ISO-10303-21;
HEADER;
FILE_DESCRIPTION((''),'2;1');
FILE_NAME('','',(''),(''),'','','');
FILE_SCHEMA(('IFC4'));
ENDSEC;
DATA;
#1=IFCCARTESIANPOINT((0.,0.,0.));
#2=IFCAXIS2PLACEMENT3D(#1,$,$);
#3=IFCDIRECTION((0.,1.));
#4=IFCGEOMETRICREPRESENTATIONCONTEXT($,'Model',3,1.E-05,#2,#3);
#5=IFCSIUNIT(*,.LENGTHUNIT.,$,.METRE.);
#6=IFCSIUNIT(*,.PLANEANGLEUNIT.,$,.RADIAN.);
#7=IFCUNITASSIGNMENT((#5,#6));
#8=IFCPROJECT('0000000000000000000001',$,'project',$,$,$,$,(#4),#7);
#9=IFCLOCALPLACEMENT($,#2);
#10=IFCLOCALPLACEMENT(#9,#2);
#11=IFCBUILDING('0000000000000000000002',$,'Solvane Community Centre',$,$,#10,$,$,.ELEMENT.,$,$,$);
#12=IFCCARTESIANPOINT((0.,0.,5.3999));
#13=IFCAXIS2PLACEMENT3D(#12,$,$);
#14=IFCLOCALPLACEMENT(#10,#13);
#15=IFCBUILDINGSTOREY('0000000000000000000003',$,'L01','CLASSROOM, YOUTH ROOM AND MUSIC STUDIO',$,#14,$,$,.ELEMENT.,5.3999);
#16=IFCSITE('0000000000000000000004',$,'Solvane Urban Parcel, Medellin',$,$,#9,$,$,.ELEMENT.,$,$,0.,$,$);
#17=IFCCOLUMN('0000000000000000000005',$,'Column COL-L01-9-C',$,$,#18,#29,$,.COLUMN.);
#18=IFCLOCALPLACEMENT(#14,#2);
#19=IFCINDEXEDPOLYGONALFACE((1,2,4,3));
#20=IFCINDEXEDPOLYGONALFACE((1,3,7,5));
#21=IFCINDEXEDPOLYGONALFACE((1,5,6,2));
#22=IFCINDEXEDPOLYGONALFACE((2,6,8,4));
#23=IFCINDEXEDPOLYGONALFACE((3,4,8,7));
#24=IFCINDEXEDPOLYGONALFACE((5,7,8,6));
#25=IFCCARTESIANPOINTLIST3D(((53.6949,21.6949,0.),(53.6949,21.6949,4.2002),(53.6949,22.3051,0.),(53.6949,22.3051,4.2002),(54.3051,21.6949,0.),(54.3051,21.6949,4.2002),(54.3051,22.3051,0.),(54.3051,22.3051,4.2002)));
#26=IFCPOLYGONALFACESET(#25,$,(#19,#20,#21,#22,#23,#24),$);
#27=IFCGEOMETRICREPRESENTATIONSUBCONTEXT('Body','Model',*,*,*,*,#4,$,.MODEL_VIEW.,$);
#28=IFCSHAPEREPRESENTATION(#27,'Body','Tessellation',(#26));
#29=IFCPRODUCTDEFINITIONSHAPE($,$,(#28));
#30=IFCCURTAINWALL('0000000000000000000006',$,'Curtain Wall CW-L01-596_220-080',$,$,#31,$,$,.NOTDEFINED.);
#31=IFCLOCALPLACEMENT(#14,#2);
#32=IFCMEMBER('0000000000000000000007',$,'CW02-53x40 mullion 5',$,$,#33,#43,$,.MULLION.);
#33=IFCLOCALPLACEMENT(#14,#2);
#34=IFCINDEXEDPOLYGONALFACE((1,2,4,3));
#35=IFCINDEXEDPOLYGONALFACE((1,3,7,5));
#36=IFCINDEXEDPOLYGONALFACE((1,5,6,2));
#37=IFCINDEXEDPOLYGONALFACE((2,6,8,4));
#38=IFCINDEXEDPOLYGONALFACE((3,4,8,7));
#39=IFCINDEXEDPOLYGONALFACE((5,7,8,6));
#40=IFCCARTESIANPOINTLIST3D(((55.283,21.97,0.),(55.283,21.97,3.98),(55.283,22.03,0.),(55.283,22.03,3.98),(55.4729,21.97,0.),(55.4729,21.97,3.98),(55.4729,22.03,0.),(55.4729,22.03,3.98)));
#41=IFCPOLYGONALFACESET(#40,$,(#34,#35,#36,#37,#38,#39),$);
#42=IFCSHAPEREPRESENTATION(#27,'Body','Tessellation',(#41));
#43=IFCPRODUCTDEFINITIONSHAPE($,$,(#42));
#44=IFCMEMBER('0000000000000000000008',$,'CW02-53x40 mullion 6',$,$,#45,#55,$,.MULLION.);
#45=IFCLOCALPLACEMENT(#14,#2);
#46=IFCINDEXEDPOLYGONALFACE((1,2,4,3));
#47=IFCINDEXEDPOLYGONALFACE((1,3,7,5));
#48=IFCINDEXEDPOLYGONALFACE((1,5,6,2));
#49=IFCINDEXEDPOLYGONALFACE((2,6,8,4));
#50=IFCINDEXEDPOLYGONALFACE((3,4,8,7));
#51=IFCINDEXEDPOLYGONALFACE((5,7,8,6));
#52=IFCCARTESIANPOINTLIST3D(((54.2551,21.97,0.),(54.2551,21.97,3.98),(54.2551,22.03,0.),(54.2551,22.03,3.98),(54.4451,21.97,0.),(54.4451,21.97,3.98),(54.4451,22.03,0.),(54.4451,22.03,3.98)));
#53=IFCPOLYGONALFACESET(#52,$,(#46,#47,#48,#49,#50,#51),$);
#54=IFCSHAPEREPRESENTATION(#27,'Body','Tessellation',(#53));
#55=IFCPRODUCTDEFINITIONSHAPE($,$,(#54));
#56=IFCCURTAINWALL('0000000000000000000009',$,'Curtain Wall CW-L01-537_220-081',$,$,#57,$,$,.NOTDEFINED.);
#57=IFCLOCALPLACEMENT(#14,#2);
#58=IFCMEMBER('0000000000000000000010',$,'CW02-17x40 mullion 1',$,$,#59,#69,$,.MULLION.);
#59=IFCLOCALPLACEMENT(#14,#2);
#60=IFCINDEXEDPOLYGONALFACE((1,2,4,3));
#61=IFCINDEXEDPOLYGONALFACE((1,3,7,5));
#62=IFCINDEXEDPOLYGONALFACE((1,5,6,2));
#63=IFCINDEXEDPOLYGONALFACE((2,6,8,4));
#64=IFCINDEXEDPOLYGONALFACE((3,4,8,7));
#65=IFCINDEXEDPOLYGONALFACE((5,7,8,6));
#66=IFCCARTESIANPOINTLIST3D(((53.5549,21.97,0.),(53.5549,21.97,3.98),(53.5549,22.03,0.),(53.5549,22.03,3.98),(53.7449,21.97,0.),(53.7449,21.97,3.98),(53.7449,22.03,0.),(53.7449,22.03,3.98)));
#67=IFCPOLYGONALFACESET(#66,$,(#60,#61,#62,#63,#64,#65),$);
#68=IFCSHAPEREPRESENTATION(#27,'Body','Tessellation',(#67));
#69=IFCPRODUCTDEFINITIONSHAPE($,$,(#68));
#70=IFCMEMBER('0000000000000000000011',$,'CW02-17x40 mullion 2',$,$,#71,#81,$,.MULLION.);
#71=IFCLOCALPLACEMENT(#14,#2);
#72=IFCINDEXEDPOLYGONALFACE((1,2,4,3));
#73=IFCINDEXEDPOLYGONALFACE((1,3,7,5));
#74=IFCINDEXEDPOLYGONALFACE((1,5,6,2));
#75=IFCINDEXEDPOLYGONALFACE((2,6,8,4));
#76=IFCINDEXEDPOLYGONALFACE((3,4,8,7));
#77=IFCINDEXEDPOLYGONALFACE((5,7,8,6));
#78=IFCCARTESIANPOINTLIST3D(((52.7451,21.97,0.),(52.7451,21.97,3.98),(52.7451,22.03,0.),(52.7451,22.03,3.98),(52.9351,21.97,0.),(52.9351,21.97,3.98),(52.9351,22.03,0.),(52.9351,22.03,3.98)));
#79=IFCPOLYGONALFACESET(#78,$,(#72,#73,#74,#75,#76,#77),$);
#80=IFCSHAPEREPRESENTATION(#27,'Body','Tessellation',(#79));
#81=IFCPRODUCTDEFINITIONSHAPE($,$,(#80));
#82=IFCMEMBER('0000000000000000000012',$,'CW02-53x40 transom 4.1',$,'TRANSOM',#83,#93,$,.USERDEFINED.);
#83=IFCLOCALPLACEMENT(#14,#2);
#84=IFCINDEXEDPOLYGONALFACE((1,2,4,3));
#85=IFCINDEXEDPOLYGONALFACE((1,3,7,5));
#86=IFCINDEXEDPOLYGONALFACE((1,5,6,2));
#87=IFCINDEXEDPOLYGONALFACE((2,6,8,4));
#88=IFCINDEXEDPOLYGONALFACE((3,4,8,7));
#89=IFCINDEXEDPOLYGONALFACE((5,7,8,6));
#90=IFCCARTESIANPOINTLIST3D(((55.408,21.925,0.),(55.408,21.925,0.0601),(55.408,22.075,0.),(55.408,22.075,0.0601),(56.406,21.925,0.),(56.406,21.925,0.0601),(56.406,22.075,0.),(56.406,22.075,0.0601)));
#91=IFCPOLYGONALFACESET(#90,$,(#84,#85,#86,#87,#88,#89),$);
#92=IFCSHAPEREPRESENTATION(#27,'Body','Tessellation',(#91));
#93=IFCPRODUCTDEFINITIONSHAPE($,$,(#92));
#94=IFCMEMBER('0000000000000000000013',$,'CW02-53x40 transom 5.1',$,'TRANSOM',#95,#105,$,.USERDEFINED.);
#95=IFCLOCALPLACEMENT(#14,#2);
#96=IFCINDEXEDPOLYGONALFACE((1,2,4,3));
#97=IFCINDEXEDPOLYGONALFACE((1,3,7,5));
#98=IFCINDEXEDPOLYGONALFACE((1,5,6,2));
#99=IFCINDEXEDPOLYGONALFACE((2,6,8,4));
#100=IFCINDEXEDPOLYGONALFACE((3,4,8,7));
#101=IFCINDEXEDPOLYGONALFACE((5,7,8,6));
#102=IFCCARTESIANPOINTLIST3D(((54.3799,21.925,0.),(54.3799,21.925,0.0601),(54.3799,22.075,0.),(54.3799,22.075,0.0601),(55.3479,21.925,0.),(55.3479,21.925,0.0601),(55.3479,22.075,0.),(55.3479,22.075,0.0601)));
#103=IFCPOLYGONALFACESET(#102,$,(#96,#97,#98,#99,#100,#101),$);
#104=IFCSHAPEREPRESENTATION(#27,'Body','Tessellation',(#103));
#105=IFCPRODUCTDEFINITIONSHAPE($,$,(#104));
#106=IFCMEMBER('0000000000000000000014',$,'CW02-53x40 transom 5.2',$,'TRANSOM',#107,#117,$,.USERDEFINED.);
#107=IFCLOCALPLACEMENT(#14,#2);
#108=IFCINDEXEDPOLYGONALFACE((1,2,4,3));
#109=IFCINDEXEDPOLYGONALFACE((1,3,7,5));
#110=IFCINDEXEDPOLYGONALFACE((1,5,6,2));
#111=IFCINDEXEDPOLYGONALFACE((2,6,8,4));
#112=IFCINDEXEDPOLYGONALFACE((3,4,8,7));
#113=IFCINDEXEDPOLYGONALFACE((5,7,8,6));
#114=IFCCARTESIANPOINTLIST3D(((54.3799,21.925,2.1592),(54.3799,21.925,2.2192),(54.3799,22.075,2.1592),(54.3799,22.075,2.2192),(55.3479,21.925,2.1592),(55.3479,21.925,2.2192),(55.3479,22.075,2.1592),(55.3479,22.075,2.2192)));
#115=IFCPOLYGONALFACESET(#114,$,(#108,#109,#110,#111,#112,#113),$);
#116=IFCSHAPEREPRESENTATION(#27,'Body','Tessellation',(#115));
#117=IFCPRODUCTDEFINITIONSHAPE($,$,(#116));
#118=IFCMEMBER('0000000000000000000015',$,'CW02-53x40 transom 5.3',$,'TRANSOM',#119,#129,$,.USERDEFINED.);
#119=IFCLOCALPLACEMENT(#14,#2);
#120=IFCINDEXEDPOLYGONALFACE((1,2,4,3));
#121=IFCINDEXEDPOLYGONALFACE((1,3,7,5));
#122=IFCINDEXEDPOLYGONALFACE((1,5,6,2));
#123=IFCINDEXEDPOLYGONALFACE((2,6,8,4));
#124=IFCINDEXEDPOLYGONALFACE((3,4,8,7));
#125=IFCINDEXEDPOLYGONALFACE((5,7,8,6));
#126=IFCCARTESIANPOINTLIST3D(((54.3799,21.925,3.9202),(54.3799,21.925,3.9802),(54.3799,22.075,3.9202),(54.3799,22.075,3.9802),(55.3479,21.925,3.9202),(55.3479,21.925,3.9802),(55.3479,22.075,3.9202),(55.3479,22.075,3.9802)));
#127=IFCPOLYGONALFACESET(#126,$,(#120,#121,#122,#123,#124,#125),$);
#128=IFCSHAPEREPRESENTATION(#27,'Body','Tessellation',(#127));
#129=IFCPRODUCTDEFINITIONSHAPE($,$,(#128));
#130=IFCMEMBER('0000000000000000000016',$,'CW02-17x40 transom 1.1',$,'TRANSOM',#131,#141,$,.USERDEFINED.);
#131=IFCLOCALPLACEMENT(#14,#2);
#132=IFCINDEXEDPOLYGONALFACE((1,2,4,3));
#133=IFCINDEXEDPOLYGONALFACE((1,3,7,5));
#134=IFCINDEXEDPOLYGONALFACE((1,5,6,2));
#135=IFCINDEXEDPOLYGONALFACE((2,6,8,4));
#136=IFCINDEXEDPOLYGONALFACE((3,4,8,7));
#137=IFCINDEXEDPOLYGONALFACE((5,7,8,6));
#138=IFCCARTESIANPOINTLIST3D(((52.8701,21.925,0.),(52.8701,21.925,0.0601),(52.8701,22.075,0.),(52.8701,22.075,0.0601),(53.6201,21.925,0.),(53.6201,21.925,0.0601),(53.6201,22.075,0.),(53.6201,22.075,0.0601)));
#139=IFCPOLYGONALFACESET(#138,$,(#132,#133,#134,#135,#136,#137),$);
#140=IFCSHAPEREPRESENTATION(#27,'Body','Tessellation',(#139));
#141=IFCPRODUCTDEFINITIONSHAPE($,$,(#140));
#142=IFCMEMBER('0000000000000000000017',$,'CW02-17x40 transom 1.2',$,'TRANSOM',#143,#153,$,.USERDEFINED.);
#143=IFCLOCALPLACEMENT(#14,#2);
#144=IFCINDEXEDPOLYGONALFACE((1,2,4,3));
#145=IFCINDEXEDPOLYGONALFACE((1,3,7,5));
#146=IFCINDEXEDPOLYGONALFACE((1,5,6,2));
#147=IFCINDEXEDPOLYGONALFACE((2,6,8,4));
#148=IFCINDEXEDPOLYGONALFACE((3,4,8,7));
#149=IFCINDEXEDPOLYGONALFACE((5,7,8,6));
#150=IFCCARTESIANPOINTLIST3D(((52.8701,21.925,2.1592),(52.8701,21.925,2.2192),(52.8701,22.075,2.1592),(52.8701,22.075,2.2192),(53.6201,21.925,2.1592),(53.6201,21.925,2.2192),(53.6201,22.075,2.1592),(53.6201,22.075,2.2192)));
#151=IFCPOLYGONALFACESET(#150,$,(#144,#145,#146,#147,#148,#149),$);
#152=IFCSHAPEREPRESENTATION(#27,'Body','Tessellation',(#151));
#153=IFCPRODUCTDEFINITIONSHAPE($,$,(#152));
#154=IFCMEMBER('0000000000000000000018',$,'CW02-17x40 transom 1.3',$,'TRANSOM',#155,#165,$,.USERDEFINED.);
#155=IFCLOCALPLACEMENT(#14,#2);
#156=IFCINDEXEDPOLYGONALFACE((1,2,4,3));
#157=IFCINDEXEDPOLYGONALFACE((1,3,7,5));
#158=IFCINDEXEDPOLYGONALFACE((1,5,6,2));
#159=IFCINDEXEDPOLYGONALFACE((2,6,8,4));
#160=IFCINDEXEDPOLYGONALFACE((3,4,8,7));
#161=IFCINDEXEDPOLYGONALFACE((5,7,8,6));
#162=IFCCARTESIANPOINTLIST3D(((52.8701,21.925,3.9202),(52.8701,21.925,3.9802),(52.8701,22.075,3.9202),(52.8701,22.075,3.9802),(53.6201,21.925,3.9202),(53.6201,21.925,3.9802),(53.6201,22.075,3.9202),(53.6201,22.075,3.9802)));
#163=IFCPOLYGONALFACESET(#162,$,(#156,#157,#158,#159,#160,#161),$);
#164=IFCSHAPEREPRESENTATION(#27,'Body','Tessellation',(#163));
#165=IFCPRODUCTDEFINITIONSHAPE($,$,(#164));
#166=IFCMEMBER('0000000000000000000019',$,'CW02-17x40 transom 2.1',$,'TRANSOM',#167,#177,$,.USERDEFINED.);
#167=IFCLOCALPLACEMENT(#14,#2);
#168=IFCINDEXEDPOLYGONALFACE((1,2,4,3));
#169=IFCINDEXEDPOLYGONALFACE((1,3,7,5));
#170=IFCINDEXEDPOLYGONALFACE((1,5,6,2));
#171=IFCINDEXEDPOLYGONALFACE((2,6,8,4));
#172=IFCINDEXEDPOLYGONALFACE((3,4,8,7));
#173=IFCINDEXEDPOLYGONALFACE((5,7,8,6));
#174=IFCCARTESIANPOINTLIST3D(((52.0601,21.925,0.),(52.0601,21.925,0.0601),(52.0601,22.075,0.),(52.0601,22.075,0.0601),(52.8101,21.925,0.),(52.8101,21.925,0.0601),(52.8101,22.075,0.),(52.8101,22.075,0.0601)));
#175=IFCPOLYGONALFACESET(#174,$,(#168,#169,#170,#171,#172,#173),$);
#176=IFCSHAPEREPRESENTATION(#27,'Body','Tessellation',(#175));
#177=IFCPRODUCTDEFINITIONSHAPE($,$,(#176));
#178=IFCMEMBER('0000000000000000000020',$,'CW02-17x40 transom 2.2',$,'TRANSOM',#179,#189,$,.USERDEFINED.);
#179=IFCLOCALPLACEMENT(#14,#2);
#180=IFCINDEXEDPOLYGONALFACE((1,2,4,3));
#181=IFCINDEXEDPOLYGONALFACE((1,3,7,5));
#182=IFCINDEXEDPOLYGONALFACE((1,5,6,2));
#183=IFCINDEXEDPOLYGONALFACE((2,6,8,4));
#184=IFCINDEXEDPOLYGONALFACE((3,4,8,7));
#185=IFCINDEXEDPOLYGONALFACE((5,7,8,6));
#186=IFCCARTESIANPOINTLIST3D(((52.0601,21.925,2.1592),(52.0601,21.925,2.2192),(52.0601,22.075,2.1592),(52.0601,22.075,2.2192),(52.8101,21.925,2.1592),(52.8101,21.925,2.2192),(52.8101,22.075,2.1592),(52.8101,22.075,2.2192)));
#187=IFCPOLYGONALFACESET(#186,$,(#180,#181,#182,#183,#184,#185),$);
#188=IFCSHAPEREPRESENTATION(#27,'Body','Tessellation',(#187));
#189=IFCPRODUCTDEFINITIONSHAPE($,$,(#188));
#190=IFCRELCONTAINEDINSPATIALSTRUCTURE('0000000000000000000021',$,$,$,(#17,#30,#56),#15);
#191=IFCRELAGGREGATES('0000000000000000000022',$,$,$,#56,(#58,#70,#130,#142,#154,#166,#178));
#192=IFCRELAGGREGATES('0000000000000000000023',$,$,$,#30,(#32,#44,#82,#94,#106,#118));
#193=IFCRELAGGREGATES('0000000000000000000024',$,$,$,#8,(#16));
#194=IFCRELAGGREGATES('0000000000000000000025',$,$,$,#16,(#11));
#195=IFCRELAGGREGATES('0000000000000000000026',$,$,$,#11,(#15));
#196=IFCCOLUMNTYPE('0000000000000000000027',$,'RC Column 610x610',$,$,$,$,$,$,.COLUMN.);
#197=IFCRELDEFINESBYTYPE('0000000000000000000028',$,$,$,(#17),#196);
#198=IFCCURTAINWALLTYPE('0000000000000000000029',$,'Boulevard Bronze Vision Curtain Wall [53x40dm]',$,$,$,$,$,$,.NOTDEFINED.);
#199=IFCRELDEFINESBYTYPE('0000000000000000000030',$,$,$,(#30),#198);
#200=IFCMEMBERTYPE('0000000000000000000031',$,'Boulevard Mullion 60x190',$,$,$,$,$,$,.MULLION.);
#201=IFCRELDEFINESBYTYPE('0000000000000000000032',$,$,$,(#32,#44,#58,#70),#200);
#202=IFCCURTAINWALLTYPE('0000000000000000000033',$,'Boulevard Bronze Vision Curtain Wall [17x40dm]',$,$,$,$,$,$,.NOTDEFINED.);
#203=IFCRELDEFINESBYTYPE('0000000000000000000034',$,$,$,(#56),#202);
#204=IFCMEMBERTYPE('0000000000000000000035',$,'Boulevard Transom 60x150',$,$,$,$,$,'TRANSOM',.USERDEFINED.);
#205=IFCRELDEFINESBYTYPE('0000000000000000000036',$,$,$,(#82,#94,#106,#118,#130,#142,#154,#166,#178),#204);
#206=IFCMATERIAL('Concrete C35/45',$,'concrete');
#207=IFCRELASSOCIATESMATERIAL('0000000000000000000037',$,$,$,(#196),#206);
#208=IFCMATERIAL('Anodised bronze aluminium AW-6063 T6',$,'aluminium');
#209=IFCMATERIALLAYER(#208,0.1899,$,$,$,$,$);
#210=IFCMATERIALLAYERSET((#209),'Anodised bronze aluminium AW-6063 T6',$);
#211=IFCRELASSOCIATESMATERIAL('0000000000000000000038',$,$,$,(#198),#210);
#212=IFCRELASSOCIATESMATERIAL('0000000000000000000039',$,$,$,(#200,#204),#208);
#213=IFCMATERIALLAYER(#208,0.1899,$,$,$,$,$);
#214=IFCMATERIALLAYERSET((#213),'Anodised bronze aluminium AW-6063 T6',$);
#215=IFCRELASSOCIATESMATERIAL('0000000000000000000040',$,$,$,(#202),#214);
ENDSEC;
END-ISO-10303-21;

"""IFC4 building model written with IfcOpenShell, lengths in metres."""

from ifc_helpers import new_model, si_unit, direction, frame, origin, origin_2d, place, context, subcontext, project, spatial, rectangle, extrude, material, layer, layer_set, material_profile, profile_set, type_object, element, aggregate, save


model = new_model("IFC4")

# Units and contexts
model_context = context("Model", 3, precision=1e-05, world=origin(), true_north=direction((0.0, 1.0)))
body_context = subcontext(model_context, "Body", "Model", "MODEL_VIEW")
ifc_project = project(units=[si_unit("LENGTHUNIT", "METRE"), si_unit("PLANEANGLEUNIT", "RADIAN")], contexts=[model_context])

# Site, building, storey
site_placement = place(None, origin())
site = spatial("IfcSite", under=ifc_project, at=site_placement, Name="Solvane Urban Parcel, Medellin", CompositionType="ELEMENT", RefElevation=0.0)
building_placement = place(site_placement, origin())
building = spatial("IfcBuilding", under=site, at=building_placement, Name="Solvane Community Centre", CompositionType="ELEMENT")
storey_placement = place(building_placement, frame((0.0, 0.0, 5.3999)))
storey = spatial("IfcBuildingStorey", under=building, at=storey_placement, Name="L01", Description="CLASSROOM, YOUTH ROOM AND MUSIC STUDIO", CompositionType="ELEMENT", Elevation=5.3999)

# Column
ifc_material_1 = material(Name="Concrete C35/45", Category="concrete")
ifc_material_profile_1 = material_profile(ifc_material_1, rectangle(XDim=0.6101, YDim=0.6101, at=origin_2d()), Name="RC 610x610")
ifc_profile_set_1 = profile_set([ifc_material_profile_1], Name="Concrete C35/45")
column_type = type_object("IfcColumnType", Name="RC Column 610x610", PredefinedType="COLUMN", material=ifc_profile_set_1)
column_placement = place(storey_placement, frame((54.0, 22.0, 0.0), z_axis=(0.0, 0.0, 1.0), x_axis=(1.0, 0.0, 0.0)))
element("IfcColumn", 1, at=column_placement, inside=storey, type_object=column_type, Name="Column COL-L01-9-C", PredefinedType="COLUMN", context=body_context, shape_type="SweptSolid", body=[
    extrude(rectangle(XDim=0.6101, YDim=0.6101, at=origin_2d()), origin(), (0.0, 0.0, 1.0), 4.2002),
])

# Curtain walls, members
ifc_material_2 = material(Name="Anodised bronze aluminium AW-6063 T6", Category="aluminium")
ifc_layer_1 = layer(ifc_material_2, 0.1899)
ifc_layer_set_1 = layer_set([ifc_layer_1], Name="Anodised bronze aluminium AW-6063 T6")
curtain_wall_type_1 = type_object("IfcCurtainWallType", Name="Boulevard Bronze Vision Curtain Wall [53x40dm]", PredefinedType="NOTDEFINED", material=ifc_layer_set_1)
curtain_wall_1_placement = place(storey_placement, origin())
curtain_wall_1 = element("IfcCurtainWall", 2, at=curtain_wall_1_placement, inside=storey, type_object=curtain_wall_type_1, Name="Curtain Wall CW-L01-596_220-080", PredefinedType="NOTDEFINED")
ifc_material_profile_2 = material_profile(ifc_material_2, rectangle(XDim=0.0601, YDim=0.1899, at=origin_2d()), Name="CW-M 60x190")
ifc_profile_set_2 = profile_set([ifc_material_profile_2], Name="Anodised bronze aluminium AW-6063 T6")
member_type_1 = type_object("IfcMemberType", Name="Boulevard Mullion 60x190", PredefinedType="MULLION", material=ifc_profile_set_2)
member_1_placement = place(storey_placement, frame((55.3779, 22.0, 0.0), z_axis=(0.0, 0.0, 1.0), x_axis=(0.0, -1.0, 0.0)))
member_1 = element("IfcMember", 3, at=member_1_placement, type_object=member_type_1, Name="CW02-53x40 mullion 5", PredefinedType="MULLION", context=body_context, shape_type="SweptSolid", body=[
    extrude(rectangle(XDim=0.0601, YDim=0.1899, at=origin_2d()), origin(), (0.0, 0.0, 1.0), 3.98),
])
member_2_placement = place(storey_placement, frame((54.3501, 22.0, 0.0), z_axis=(0.0, 0.0, 1.0), x_axis=(0.0, -1.0, 0.0)))
member_2 = element("IfcMember", 4, at=member_2_placement, type_object=member_type_1, Name="CW02-53x40 mullion 6", PredefinedType="MULLION", context=body_context, shape_type="SweptSolid", body=[
    extrude(rectangle(XDim=0.0601, YDim=0.1899, at=origin_2d()), origin(), (0.0, 0.0, 1.0), 3.98),
])
ifc_layer_2 = layer(ifc_material_2, 0.1899)
ifc_layer_set_2 = layer_set([ifc_layer_2], Name="Anodised bronze aluminium AW-6063 T6")
curtain_wall_type_2 = type_object("IfcCurtainWallType", Name="Boulevard Bronze Vision Curtain Wall [17x40dm]", PredefinedType="NOTDEFINED", material=ifc_layer_set_2)
curtain_wall_2_placement = place(storey_placement, origin())
curtain_wall_2 = element("IfcCurtainWall", 5, at=curtain_wall_2_placement, inside=storey, type_object=curtain_wall_type_2, Name="Curtain Wall CW-L01-537_220-081", PredefinedType="NOTDEFINED")
member_3_placement = place(storey_placement, frame((53.6499, 22.0, 0.0), z_axis=(0.0, 0.0, 1.0), x_axis=(0.0, -1.0, 0.0)))
member_3 = element("IfcMember", 6, at=member_3_placement, type_object=member_type_1, Name="CW02-17x40 mullion 1", PredefinedType="MULLION", context=body_context, shape_type="SweptSolid", body=[
    extrude(rectangle(XDim=0.0601, YDim=0.1899, at=origin_2d()), origin(), (0.0, 0.0, 1.0), 3.98),
])
member_4_placement = place(storey_placement, frame((52.8401, 22.0, 0.0), z_axis=(0.0, 0.0, 1.0), x_axis=(0.0, -1.0, 0.0)))
member_4 = element("IfcMember", 7, at=member_4_placement, type_object=member_type_1, Name="CW02-17x40 mullion 2", PredefinedType="MULLION", context=body_context, shape_type="SweptSolid", body=[
    extrude(rectangle(XDim=0.0601, YDim=0.1899, at=origin_2d()), origin(), (0.0, 0.0, 1.0), 3.98),
])

# Members
ifc_material_profile_3 = material_profile(ifc_material_2, rectangle(XDim=0.1499, YDim=0.0601, at=origin_2d()), Name="CW-T 60x150")
ifc_profile_set_3 = profile_set([ifc_material_profile_3], Name="Anodised bronze aluminium AW-6063 T6")
member_type_2 = type_object("IfcMemberType", Name="Boulevard Transom 60x150", ElementType="TRANSOM", PredefinedType="USERDEFINED", material=ifc_profile_set_3)
member_5_placement = place(storey_placement, frame((56.406, 22.0, 0.03), z_axis=(-1.0, 0.0, 0.0), x_axis=(0.0, -1.0, 0.0)))
member_5 = element("IfcMember", 8, at=member_5_placement, type_object=member_type_2, Name="CW02-53x40 transom 4.1", ObjectType="TRANSOM", PredefinedType="USERDEFINED", context=body_context, shape_type="SweptSolid", body=[
    extrude(rectangle(XDim=0.1499, YDim=0.0601, at=origin_2d()), origin(), (0.0, 0.0, 1.0), 0.998),
])
member_6_placement = place(storey_placement, frame((55.3479, 22.0, 0.03), z_axis=(-1.0, 0.0, 0.0), x_axis=(0.0, -1.0, 0.0)))
member_6 = element("IfcMember", 9, at=member_6_placement, type_object=member_type_2, Name="CW02-53x40 transom 5.1", ObjectType="TRANSOM", PredefinedType="USERDEFINED", context=body_context, shape_type="SweptSolid", body=[
    extrude(rectangle(XDim=0.1499, YDim=0.0601, at=origin_2d()), origin(), (0.0, 0.0, 1.0), 0.968),
])
member_7_placement = place(storey_placement, frame((55.3479, 22.0, 2.1892), z_axis=(-1.0, 0.0, 0.0), x_axis=(0.0, -1.0, 0.0)))
member_7 = element("IfcMember", 10, at=member_7_placement, type_object=member_type_2, Name="CW02-53x40 transom 5.2", ObjectType="TRANSOM", PredefinedType="USERDEFINED", context=body_context, shape_type="SweptSolid", body=[
    extrude(rectangle(XDim=0.1499, YDim=0.0601, at=origin_2d()), origin(), (0.0, 0.0, 1.0), 0.968),
])
member_8_placement = place(storey_placement, frame((55.3479, 22.0, 3.9502), z_axis=(-1.0, 0.0, 0.0), x_axis=(0.0, -1.0, 0.0)))
member_8 = element("IfcMember", 11, at=member_8_placement, type_object=member_type_2, Name="CW02-53x40 transom 5.3", ObjectType="TRANSOM", PredefinedType="USERDEFINED", context=body_context, shape_type="SweptSolid", body=[
    extrude(rectangle(XDim=0.1499, YDim=0.0601, at=origin_2d()), origin(), (0.0, 0.0, 1.0), 0.968),
])
member_9_placement = place(storey_placement, frame((53.6201, 22.0, 0.03), z_axis=(-1.0, 0.0, 0.0), x_axis=(0.0, -1.0, 0.0)))
member_9 = element("IfcMember", 12, at=member_9_placement, type_object=member_type_2, Name="CW02-17x40 transom 1.1", ObjectType="TRANSOM", PredefinedType="USERDEFINED", context=body_context, shape_type="SweptSolid", body=[
    extrude(rectangle(XDim=0.1499, YDim=0.0601, at=origin_2d()), origin(), (0.0, 0.0, 1.0), 0.75),
])
member_10_placement = place(storey_placement, frame((53.6201, 22.0, 2.1892), z_axis=(-1.0, 0.0, 0.0), x_axis=(0.0, -1.0, 0.0)))
member_10 = element("IfcMember", 13, at=member_10_placement, type_object=member_type_2, Name="CW02-17x40 transom 1.2", ObjectType="TRANSOM", PredefinedType="USERDEFINED", context=body_context, shape_type="SweptSolid", body=[
    extrude(rectangle(XDim=0.1499, YDim=0.0601, at=origin_2d()), origin(), (0.0, 0.0, 1.0), 0.75),
])
member_11_placement = place(storey_placement, frame((53.6201, 22.0, 3.9502), z_axis=(-1.0, 0.0, 0.0), x_axis=(0.0, -1.0, 0.0)))
member_11 = element("IfcMember", 14, at=member_11_placement, type_object=member_type_2, Name="CW02-17x40 transom 1.3", ObjectType="TRANSOM", PredefinedType="USERDEFINED", context=body_context, shape_type="SweptSolid", body=[
    extrude(rectangle(XDim=0.1499, YDim=0.0601, at=origin_2d()), origin(), (0.0, 0.0, 1.0), 0.75),
])
member_12_placement = place(storey_placement, frame((52.8101, 22.0, 0.03), z_axis=(-1.0, 0.0, 0.0), x_axis=(0.0, -1.0, 0.0)))
member_12 = element("IfcMember", 15, at=member_12_placement, type_object=member_type_2, Name="CW02-17x40 transom 2.1", ObjectType="TRANSOM", PredefinedType="USERDEFINED", context=body_context, shape_type="SweptSolid", body=[
    extrude(rectangle(XDim=0.1499, YDim=0.0601, at=origin_2d()), origin(), (0.0, 0.0, 1.0), 0.75),
])
member_13_placement = place(storey_placement, frame((52.8101, 22.0, 2.1892), z_axis=(-1.0, 0.0, 0.0), x_axis=(0.0, -1.0, 0.0)))
member_13 = element("IfcMember", 16, at=member_13_placement, type_object=member_type_2, Name="CW02-17x40 transom 2.2", ObjectType="TRANSOM", PredefinedType="USERDEFINED", context=body_context, shape_type="SweptSolid", body=[
    extrude(rectangle(XDim=0.1499, YDim=0.0601, at=origin_2d()), origin(), (0.0, 0.0, 1.0), 0.75),
])

aggregate(curtain_wall_2, [member_3, member_4, member_9, member_10, member_11, member_12, member_13])
aggregate(curtain_wall_1, [member_1, member_2, member_5, member_6, member_7, member_8])

save(model, "model.ifc")
